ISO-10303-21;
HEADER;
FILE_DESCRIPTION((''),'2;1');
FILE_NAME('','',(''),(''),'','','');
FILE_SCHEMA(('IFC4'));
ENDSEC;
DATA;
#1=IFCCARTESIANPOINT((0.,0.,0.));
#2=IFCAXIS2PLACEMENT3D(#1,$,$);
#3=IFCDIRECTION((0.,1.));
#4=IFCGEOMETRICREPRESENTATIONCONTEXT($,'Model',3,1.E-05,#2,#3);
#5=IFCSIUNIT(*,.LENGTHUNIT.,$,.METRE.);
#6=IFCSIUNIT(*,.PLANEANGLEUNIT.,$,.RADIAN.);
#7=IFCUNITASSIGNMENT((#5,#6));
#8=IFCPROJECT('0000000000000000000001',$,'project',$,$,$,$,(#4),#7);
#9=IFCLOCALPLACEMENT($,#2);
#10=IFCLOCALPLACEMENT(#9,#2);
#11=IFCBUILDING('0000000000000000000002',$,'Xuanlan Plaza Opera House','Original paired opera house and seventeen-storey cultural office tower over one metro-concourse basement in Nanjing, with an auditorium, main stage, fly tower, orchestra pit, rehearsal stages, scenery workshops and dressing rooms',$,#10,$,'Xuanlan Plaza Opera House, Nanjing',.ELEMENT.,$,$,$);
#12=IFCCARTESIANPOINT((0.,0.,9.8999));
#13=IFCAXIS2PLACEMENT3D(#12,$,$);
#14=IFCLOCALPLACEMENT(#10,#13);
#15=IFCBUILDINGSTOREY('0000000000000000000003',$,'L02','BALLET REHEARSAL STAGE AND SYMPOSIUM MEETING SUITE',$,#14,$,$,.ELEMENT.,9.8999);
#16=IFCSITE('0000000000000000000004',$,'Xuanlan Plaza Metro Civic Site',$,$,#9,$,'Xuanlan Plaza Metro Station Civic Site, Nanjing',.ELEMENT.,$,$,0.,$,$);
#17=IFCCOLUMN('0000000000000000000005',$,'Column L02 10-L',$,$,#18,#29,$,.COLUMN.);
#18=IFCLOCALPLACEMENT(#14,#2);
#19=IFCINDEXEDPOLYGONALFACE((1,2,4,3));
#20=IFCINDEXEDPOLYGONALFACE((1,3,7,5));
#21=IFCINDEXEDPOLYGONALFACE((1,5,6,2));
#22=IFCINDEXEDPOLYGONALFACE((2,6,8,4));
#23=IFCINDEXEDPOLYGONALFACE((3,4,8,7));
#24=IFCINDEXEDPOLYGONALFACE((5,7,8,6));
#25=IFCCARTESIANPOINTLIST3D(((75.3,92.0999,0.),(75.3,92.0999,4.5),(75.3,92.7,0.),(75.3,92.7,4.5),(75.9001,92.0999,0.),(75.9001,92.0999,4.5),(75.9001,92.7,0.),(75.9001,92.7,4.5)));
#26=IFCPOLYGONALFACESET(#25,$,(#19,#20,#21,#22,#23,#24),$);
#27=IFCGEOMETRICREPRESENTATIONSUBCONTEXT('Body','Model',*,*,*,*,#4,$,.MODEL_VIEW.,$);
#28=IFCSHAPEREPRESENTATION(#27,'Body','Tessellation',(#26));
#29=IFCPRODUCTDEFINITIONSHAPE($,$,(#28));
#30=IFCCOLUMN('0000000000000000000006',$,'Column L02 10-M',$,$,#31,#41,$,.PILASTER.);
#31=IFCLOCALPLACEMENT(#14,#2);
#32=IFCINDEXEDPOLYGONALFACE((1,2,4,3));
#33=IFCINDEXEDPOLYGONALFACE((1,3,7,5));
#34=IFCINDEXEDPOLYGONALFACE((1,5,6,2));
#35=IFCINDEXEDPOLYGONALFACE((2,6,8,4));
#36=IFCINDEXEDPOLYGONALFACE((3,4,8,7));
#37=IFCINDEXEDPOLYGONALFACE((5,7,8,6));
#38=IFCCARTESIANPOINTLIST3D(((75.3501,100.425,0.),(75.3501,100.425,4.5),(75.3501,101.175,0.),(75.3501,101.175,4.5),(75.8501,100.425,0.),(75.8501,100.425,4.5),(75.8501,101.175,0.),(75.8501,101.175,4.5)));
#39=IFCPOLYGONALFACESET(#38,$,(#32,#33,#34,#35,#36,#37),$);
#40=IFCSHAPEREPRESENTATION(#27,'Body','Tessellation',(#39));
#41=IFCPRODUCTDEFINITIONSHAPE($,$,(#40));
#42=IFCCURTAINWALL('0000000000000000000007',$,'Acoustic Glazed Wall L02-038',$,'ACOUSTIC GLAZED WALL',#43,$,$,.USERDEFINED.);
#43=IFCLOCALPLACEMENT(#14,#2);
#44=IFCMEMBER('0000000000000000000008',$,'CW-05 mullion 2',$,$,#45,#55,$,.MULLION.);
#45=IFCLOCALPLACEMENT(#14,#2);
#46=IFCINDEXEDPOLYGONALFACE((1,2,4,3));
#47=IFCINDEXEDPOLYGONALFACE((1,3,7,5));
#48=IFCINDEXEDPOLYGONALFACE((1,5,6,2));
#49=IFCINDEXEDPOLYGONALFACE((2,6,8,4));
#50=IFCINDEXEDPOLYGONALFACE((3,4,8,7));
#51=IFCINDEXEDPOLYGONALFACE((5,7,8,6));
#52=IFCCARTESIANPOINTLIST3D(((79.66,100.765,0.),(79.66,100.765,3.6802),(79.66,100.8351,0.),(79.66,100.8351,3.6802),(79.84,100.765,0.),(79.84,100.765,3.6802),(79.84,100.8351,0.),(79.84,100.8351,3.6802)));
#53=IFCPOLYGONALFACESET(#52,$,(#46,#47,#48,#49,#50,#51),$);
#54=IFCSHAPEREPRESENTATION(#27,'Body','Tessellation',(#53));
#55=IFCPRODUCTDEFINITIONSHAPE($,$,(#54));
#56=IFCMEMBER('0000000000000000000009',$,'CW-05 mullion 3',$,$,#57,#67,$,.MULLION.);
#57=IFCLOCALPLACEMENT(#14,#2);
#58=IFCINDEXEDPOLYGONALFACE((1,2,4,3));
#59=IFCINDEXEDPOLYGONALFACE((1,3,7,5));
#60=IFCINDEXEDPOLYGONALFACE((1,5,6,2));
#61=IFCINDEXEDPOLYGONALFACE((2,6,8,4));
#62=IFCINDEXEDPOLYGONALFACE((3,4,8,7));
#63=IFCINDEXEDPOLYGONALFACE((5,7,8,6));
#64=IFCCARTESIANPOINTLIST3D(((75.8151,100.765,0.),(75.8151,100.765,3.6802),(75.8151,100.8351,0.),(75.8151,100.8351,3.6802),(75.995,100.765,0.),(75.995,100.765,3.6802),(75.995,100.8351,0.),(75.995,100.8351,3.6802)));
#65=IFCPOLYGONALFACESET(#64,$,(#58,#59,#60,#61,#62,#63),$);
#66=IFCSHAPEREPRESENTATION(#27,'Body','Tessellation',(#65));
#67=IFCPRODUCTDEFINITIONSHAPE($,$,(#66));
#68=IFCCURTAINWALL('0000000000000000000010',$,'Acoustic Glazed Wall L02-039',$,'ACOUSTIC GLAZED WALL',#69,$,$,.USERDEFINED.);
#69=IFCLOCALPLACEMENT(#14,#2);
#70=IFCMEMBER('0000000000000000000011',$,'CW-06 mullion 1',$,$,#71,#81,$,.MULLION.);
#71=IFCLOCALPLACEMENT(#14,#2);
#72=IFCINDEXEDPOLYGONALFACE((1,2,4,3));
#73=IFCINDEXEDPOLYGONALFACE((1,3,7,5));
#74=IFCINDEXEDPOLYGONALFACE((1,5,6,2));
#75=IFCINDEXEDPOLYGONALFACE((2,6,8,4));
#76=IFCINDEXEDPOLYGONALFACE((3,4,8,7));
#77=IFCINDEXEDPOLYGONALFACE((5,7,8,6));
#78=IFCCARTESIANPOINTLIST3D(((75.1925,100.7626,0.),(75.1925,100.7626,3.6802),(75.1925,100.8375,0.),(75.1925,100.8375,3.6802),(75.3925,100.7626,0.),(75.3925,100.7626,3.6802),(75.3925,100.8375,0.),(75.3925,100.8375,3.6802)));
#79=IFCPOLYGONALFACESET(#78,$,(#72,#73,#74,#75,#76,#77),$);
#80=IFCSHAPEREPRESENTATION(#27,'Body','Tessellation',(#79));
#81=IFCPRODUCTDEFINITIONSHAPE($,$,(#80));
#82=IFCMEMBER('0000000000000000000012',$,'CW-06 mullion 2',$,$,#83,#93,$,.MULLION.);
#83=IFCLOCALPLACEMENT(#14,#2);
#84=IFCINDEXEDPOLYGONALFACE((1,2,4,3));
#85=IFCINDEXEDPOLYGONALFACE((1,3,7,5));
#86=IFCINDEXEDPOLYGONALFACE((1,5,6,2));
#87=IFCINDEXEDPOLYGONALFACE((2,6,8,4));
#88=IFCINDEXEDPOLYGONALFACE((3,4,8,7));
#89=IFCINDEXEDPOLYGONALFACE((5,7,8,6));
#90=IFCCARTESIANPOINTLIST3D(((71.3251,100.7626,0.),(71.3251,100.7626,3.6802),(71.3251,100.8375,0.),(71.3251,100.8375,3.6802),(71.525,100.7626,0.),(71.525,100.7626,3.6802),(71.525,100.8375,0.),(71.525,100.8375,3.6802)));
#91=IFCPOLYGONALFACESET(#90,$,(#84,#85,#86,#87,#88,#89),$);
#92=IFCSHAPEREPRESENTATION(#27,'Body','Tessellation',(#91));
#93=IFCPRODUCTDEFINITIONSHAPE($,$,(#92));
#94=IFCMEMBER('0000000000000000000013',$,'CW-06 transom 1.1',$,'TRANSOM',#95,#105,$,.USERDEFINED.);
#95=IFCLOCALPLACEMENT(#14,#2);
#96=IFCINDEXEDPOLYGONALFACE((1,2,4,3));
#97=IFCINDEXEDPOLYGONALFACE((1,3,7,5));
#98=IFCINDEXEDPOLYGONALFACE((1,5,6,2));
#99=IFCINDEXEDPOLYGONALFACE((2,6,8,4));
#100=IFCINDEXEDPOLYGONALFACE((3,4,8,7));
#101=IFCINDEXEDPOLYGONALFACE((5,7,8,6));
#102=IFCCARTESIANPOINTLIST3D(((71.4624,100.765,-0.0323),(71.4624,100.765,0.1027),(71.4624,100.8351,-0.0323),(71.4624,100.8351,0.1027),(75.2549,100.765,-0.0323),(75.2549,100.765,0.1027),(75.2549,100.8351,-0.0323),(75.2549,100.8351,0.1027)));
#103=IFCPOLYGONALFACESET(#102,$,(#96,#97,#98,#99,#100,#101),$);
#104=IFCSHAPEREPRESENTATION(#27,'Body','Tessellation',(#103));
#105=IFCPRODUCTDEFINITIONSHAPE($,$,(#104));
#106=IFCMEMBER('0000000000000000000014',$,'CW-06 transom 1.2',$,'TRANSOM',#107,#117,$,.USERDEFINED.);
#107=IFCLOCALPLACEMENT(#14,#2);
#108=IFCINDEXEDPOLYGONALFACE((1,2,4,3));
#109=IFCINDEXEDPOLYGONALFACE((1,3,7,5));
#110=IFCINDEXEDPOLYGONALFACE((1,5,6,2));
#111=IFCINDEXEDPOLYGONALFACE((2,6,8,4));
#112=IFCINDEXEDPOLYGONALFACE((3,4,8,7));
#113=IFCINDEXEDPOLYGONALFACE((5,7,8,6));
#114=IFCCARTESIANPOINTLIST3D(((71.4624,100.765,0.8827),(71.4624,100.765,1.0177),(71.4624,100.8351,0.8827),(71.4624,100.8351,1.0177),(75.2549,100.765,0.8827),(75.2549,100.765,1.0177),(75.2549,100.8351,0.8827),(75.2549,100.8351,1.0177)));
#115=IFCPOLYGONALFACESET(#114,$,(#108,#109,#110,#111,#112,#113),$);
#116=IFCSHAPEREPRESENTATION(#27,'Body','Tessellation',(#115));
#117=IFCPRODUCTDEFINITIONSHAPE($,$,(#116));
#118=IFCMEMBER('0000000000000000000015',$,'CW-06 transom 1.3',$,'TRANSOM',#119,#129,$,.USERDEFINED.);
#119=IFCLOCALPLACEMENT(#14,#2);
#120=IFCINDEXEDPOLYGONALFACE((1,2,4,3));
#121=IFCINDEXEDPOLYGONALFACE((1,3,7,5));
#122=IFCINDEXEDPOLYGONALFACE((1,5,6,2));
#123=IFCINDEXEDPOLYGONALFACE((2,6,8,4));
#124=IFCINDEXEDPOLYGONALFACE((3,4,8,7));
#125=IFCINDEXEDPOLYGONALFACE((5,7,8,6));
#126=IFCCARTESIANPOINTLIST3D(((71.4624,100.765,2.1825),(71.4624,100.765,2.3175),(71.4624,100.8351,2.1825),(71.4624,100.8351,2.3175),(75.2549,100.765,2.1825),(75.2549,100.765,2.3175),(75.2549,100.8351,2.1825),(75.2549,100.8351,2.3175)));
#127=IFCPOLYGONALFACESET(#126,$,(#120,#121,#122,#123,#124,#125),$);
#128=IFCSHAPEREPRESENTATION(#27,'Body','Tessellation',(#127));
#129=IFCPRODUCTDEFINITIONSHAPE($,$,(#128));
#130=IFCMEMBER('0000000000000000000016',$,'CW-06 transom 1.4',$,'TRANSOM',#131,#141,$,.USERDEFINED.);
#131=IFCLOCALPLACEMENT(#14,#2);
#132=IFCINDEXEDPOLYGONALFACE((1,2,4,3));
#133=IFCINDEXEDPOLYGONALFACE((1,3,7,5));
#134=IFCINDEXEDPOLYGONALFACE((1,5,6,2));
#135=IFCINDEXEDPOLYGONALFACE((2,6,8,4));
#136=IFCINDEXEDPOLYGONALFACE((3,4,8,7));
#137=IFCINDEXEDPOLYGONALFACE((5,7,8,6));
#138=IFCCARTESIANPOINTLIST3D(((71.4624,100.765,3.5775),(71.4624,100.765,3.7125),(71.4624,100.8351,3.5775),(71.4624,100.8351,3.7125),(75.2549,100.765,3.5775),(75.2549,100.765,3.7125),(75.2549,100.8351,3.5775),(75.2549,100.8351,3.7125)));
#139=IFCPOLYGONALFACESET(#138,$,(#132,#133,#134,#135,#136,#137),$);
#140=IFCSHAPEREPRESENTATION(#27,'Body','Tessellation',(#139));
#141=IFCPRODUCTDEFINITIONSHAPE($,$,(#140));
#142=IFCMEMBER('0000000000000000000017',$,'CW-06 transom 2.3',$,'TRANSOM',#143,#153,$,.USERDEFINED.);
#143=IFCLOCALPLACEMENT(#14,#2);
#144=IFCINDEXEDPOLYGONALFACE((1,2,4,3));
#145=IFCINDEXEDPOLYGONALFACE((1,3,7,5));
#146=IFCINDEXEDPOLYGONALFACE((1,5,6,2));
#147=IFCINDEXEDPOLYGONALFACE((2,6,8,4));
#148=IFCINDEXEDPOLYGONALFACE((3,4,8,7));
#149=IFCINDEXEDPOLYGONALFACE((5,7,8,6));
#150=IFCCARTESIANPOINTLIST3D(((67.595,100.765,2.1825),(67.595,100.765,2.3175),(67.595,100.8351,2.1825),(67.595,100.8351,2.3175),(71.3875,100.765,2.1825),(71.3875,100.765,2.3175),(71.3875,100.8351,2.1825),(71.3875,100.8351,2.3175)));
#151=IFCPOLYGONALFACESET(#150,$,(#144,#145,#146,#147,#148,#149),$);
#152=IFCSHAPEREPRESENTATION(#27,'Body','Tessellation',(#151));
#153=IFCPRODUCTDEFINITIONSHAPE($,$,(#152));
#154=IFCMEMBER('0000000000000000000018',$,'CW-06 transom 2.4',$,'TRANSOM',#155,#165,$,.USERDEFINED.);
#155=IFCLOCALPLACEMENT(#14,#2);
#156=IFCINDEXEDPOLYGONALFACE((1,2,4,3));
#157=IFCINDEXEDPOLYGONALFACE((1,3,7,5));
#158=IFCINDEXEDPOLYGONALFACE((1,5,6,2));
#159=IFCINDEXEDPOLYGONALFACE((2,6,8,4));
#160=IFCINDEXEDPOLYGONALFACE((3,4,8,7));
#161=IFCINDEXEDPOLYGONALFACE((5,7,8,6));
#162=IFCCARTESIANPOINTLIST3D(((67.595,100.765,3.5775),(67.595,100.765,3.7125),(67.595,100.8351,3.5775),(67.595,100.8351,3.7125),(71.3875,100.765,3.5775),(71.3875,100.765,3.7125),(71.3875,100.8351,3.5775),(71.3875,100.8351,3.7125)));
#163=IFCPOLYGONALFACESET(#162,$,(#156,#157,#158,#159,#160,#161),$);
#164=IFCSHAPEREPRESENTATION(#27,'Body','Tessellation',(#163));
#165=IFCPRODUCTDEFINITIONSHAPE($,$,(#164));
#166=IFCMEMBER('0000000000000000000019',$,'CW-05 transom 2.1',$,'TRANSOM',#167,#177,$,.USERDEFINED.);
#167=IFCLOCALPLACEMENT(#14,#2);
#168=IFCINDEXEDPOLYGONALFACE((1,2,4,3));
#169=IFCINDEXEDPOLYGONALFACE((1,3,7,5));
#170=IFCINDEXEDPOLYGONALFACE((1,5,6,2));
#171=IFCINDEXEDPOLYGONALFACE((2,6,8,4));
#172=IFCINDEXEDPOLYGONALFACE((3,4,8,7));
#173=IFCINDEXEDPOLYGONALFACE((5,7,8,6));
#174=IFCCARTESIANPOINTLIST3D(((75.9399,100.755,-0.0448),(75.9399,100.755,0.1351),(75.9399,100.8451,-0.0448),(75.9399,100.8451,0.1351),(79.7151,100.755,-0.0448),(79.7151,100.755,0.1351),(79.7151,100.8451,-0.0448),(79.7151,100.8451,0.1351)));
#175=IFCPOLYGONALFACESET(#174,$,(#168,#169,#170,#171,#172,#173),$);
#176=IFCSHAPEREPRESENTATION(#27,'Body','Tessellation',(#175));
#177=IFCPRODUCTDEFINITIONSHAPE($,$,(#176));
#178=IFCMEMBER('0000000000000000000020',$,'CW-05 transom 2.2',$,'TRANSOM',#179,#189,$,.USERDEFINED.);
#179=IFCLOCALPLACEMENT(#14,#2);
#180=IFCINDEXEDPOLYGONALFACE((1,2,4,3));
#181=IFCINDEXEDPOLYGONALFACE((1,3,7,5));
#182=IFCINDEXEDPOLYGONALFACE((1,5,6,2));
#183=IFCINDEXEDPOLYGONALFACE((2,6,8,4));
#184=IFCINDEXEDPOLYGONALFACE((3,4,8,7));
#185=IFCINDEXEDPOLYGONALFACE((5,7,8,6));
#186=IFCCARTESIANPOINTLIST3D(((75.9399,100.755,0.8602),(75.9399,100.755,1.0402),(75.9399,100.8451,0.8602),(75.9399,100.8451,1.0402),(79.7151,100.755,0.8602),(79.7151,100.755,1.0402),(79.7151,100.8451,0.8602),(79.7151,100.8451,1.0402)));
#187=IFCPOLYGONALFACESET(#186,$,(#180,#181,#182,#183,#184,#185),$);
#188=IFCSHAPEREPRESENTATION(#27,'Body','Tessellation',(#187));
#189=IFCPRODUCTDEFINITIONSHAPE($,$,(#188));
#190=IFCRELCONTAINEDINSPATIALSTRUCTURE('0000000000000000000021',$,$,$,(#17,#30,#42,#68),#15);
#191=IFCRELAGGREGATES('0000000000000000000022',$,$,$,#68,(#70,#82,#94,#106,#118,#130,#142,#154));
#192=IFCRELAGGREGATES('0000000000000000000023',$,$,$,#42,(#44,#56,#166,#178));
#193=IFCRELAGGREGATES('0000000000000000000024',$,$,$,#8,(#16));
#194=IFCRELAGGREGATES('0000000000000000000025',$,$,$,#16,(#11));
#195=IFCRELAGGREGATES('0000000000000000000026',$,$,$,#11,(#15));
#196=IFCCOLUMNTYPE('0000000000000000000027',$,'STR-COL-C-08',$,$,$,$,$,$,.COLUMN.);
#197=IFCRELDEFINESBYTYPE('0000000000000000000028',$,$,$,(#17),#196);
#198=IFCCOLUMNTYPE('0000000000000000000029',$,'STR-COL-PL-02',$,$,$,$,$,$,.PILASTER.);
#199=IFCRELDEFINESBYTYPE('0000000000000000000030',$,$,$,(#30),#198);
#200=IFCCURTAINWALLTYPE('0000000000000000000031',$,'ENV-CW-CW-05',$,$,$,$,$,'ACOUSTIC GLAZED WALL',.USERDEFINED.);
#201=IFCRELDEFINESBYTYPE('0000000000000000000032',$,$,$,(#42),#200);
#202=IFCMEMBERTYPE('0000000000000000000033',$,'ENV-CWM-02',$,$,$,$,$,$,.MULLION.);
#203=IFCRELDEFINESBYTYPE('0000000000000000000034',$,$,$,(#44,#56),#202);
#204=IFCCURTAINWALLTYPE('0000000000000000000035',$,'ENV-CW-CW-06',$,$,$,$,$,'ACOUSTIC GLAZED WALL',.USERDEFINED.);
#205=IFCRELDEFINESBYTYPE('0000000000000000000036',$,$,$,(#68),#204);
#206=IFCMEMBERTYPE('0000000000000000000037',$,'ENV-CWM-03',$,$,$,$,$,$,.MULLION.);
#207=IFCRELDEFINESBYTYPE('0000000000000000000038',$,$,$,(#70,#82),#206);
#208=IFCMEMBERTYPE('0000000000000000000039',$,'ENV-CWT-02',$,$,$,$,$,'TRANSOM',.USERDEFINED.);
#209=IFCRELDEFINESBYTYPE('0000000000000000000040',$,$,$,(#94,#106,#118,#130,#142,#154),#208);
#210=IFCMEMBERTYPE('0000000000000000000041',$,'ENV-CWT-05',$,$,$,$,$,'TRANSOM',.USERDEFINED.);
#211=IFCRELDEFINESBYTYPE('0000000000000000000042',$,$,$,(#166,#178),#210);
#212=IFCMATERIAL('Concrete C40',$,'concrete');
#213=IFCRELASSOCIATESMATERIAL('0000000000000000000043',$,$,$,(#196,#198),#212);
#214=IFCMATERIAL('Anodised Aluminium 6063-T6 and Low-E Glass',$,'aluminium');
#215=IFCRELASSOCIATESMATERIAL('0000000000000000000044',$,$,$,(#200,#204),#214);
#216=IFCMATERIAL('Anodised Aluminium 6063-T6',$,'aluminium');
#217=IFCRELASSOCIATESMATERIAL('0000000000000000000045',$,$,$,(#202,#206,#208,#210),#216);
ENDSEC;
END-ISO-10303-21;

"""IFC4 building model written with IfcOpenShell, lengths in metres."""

from ifc_helpers import new_model, si_unit, direction, frame, origin, origin_2d, place, context, subcontext, project, spatial, rectangle, extrude, material, material_profile, profile_set, type_object, element, aggregate, save


model = new_model("IFC4")

# Units and contexts
model_context = context("Model", 3, precision=1e-05, world=origin(), true_north=direction((0.0, 1.0)))
body_context = subcontext(model_context, "Body", "Model", "MODEL_VIEW")
ifc_project = project(units=[si_unit("LENGTHUNIT", "METRE"), si_unit("PLANEANGLEUNIT", "RADIAN")], contexts=[model_context])

# Site, building, storey
site_placement = place(None, origin())
site = spatial("IfcSite", under=ifc_project, at=site_placement, Name="Xuanlan Plaza Metro Civic Site", LongName="Xuanlan Plaza Metro Station Civic Site, Nanjing", CompositionType="ELEMENT", RefElevation=0.0)
building_placement = place(site_placement, origin())
building = spatial("IfcBuilding", under=site, at=building_placement, Name="Xuanlan Plaza Opera House", Description="Original paired opera house and seventeen-storey cultural office tower over one metro-concourse basement in Nanjing, with an auditorium, main stage, fly tower, orchestra pit, rehearsal stages, scenery workshops and dressing rooms", LongName="Xuanlan Plaza Opera House, Nanjing", CompositionType="ELEMENT")
storey_placement = place(building_placement, frame((0.0, 0.0, 9.8999)))
storey = spatial("IfcBuildingStorey", under=building, at=storey_placement, Name="L02", Description="BALLET REHEARSAL STAGE AND SYMPOSIUM MEETING SUITE", CompositionType="ELEMENT", Elevation=9.8999)

# Columns
ifc_material_1 = material(Name="Concrete C40", Category="concrete")
ifc_material_profile_1 = material_profile(ifc_material_1, rectangle(XDim=0.6001, YDim=0.6001, at=origin_2d()), Name="RC-COL 600x600")
ifc_profile_set_1 = profile_set([ifc_material_profile_1], Name="Concrete C40")
column_type_1 = type_object("IfcColumnType", Name="STR-COL-C-08", PredefinedType="COLUMN", material=ifc_profile_set_1)
column_1_placement = place(storey_placement, frame((75.6001, 92.3999, 0.0), z_axis=(0.0, 0.0, 1.0), x_axis=(1.0, 0.0, 0.0)))
element("IfcColumn", 1, at=column_1_placement, inside=storey, type_object=column_type_1, Name="Column L02 10-L", PredefinedType="COLUMN", context=body_context, shape_type="SweptSolid", body=[
    extrude(rectangle(XDim=0.6001, YDim=0.6001, at=origin_2d()), origin(), (0.0, 0.0, 1.0), 4.5),
])
ifc_material_profile_2 = material_profile(ifc_material_1, rectangle(XDim=0.5, YDim=0.75, at=origin_2d()), Name="RC-PIL 500x750")
ifc_profile_set_2 = profile_set([ifc_material_profile_2], Name="Concrete C40")
column_type_2 = type_object("IfcColumnType", Name="STR-COL-PL-02", PredefinedType="PILASTER", material=ifc_profile_set_2)
column_2_placement = place(storey_placement, frame((75.6001, 100.8, 0.0), z_axis=(0.0, 0.0, 1.0), x_axis=(1.0, 0.0, 0.0)))
element("IfcColumn", 2, at=column_2_placement, inside=storey, type_object=column_type_2, Name="Column L02 10-M", PredefinedType="PILASTER", context=body_context, shape_type="SweptSolid", body=[
    extrude(rectangle(XDim=0.5, YDim=0.75, at=origin_2d()), origin(), (0.0, 0.0, 1.0), 4.5),
])

# Curtain walls, members
ifc_material_2 = material(Name="Anodised Aluminium 6063-T6 and Low-E Glass", Category="aluminium")
curtain_wall_type_1 = type_object("IfcCurtainWallType", Name="ENV-CW-CW-05", ElementType="ACOUSTIC GLAZED WALL", PredefinedType="USERDEFINED", material=ifc_material_2)
curtain_wall_1_placement = place(storey_placement, origin())
curtain_wall_1 = element("IfcCurtainWall", 3, at=curtain_wall_1_placement, inside=storey, type_object=curtain_wall_type_1, Name="Acoustic Glazed Wall L02-038", ObjectType="ACOUSTIC GLAZED WALL", PredefinedType="USERDEFINED")
ifc_material_3 = material(Name="Anodised Aluminium 6063-T6", Category="aluminium")
ifc_material_profile_3 = material_profile(ifc_material_3, rectangle(XDim=0.0701, YDim=0.1799, at=origin_2d()), Name="ALU-M 70x180")
ifc_profile_set_3 = profile_set([ifc_material_profile_3], Name="Anodised Aluminium 6063-T6")
member_type_1 = type_object("IfcMemberType", Name="ENV-CWM-02", PredefinedType="MULLION", material=ifc_profile_set_3)
member_1_placement = place(storey_placement, frame((79.75, 100.8, 0.0), z_axis=(0.0, 0.0, 1.0), x_axis=(0.0, -1.0, 0.0)))
member_1 = element("IfcMember", 4, at=member_1_placement, type_object=member_type_1, Name="CW-05 mullion 2", PredefinedType="MULLION", context=body_context, shape_type="SweptSolid", body=[
    extrude(rectangle(XDim=0.0701, YDim=0.1799, at=origin_2d()), origin(), (0.0, 0.0, 1.0), 3.6802),
])
member_2_placement = place(storey_placement, frame((75.905, 100.8, 0.0), z_axis=(0.0, 0.0, 1.0), x_axis=(0.0, -1.0, 0.0)))
member_2 = element("IfcMember", 5, at=member_2_placement, type_object=member_type_1, Name="CW-05 mullion 3", PredefinedType="MULLION", context=body_context, shape_type="SweptSolid", body=[
    extrude(rectangle(XDim=0.0701, YDim=0.1799, at=origin_2d()), origin(), (0.0, 0.0, 1.0), 3.6802),
])
curtain_wall_type_2 = type_object("IfcCurtainWallType", Name="ENV-CW-CW-06", ElementType="ACOUSTIC GLAZED WALL", PredefinedType="USERDEFINED", material=ifc_material_2)
curtain_wall_2_placement = place(storey_placement, origin())
curtain_wall_2 = element("IfcCurtainWall", 6, at=curtain_wall_2_placement, inside=storey, type_object=curtain_wall_type_2, Name="Acoustic Glazed Wall L02-039", ObjectType="ACOUSTIC GLAZED WALL", PredefinedType="USERDEFINED")
ifc_material_profile_4 = material_profile(ifc_material_3, rectangle(XDim=0.075, YDim=0.2, at=origin_2d()), Name="ALU-M 75x200")
ifc_profile_set_4 = profile_set([ifc_material_profile_4], Name="Anodised Aluminium 6063-T6")
member_type_2 = type_object("IfcMemberType", Name="ENV-CWM-03", PredefinedType="MULLION", material=ifc_profile_set_4)
member_3_placement = place(storey_placement, frame((75.2925, 100.8, 0.0), z_axis=(0.0, 0.0, 1.0), x_axis=(0.0, -1.0, 0.0)))
member_3 = element("IfcMember", 7, at=member_3_placement, type_object=member_type_2, Name="CW-06 mullion 1", PredefinedType="MULLION", context=body_context, shape_type="SweptSolid", body=[
    extrude(rectangle(XDim=0.075, YDim=0.2, at=origin_2d()), origin(), (0.0, 0.0, 1.0), 3.6802),
])
member_4_placement = place(storey_placement, frame((71.425, 100.8, 0.0), z_axis=(0.0, 0.0, 1.0), x_axis=(0.0, -1.0, 0.0)))
member_4 = element("IfcMember", 8, at=member_4_placement, type_object=member_type_2, Name="CW-06 mullion 2", PredefinedType="MULLION", context=body_context, shape_type="SweptSolid", body=[
    extrude(rectangle(XDim=0.075, YDim=0.2, at=origin_2d()), origin(), (0.0, 0.0, 1.0), 3.6802),
])
ifc_material_profile_5 = material_profile(ifc_material_3, rectangle(XDim=0.0701, YDim=0.135, at=origin_2d()), Name="ALU-T 70x135")
ifc_profile_set_5 = profile_set([ifc_material_profile_5], Name="Anodised Aluminium 6063-T6")
member_type_3 = type_object("IfcMemberType", Name="ENV-CWT-02", ElementType="TRANSOM", PredefinedType="USERDEFINED", material=ifc_profile_set_5)
member_5_placement = place(storey_placement, frame((75.2549, 100.8, 0.0352), z_axis=(-1.0, 0.0, 0.0), x_axis=(0.0, -1.0, 0.0)))
member_5 = element("IfcMember", 9, at=member_5_placement, type_object=member_type_3, Name="CW-06 transom 1.1", ObjectType="TRANSOM", PredefinedType="USERDEFINED", context=body_context, shape_type="SweptSolid", body=[
    extrude(rectangle(XDim=0.0701, YDim=0.135, at=origin_2d()), origin(), (0.0, 0.0, 1.0), 3.7925),
])
member_6_placement = place(storey_placement, frame((75.2549, 100.8, 0.9502), z_axis=(-1.0, 0.0, 0.0), x_axis=(0.0, -1.0, 0.0)))
member_6 = element("IfcMember", 10, at=member_6_placement, type_object=member_type_3, Name="CW-06 transom 1.2", ObjectType="TRANSOM", PredefinedType="USERDEFINED", context=body_context, shape_type="SweptSolid", body=[
    extrude(rectangle(XDim=0.0701, YDim=0.135, at=origin_2d()), origin(), (0.0, 0.0, 1.0), 3.7925),
])
member_7_placement = place(storey_placement, frame((75.2549, 100.8, 2.25), z_axis=(-1.0, 0.0, 0.0), x_axis=(0.0, -1.0, 0.0)))
member_7 = element("IfcMember", 11, at=member_7_placement, type_object=member_type_3, Name="CW-06 transom 1.3", ObjectType="TRANSOM", PredefinedType="USERDEFINED", context=body_context, shape_type="SweptSolid", body=[
    extrude(rectangle(XDim=0.0701, YDim=0.135, at=origin_2d()), origin(), (0.0, 0.0, 1.0), 3.7925),
])
member_8_placement = place(storey_placement, frame((75.2549, 100.8, 3.645), z_axis=(-1.0, 0.0, 0.0), x_axis=(0.0, -1.0, 0.0)))
member_8 = element("IfcMember", 12, at=member_8_placement, type_object=member_type_3, Name="CW-06 transom 1.4", ObjectType="TRANSOM", PredefinedType="USERDEFINED", context=body_context, shape_type="SweptSolid", body=[
    extrude(rectangle(XDim=0.0701, YDim=0.135, at=origin_2d()), origin(), (0.0, 0.0, 1.0), 3.7925),
])
member_9_placement = place(storey_placement, frame((71.3875, 100.8, 2.25), z_axis=(-1.0, 0.0, 0.0), x_axis=(0.0, -1.0, 0.0)))
member_9 = element("IfcMember", 13, at=member_9_placement, type_object=member_type_3, Name="CW-06 transom 2.3", ObjectType="TRANSOM", PredefinedType="USERDEFINED", context=body_context, shape_type="SweptSolid", body=[
    extrude(rectangle(XDim=0.0701, YDim=0.135, at=origin_2d()), origin(), (0.0, 0.0, 1.0), 3.7925),
])
member_10_placement = place(storey_placement, frame((71.3875, 100.8, 3.645), z_axis=(-1.0, 0.0, 0.0), x_axis=(0.0, -1.0, 0.0)))
member_10 = element("IfcMember", 14, at=member_10_placement, type_object=member_type_3, Name="CW-06 transom 2.4", ObjectType="TRANSOM", PredefinedType="USERDEFINED", context=body_context, shape_type="SweptSolid", body=[
    extrude(rectangle(XDim=0.0701, YDim=0.135, at=origin_2d()), origin(), (0.0, 0.0, 1.0), 3.7925),
])

# Members
ifc_material_profile_6 = material_profile(ifc_material_3, rectangle(XDim=0.0901, YDim=0.1799, at=origin_2d()), Name="ALU-T 90x180")
ifc_profile_set_6 = profile_set([ifc_material_profile_6], Name="Anodised Aluminium 6063-T6")
member_type_4 = type_object("IfcMemberType", Name="ENV-CWT-05", ElementType="TRANSOM", PredefinedType="USERDEFINED", material=ifc_profile_set_6)
member_11_placement = place(storey_placement, frame((79.7151, 100.8, 0.0452), z_axis=(-1.0, 0.0, 0.0), x_axis=(0.0, -1.0, 0.0)))
member_11 = element("IfcMember", 15, at=member_11_placement, type_object=member_type_4, Name="CW-05 transom 2.1", ObjectType="TRANSOM", PredefinedType="USERDEFINED", context=body_context, shape_type="SweptSolid", body=[
    extrude(rectangle(XDim=0.0901, YDim=0.1799, at=origin_2d()), origin(), (0.0, 0.0, 1.0), 3.7751),
])
member_12_placement = place(storey_placement, frame((79.7151, 100.8, 0.9502), z_axis=(-1.0, 0.0, 0.0), x_axis=(0.0, -1.0, 0.0)))
member_12 = element("IfcMember", 16, at=member_12_placement, type_object=member_type_4, Name="CW-05 transom 2.2", ObjectType="TRANSOM", PredefinedType="USERDEFINED", context=body_context, shape_type="SweptSolid", body=[
    extrude(rectangle(XDim=0.0901, YDim=0.1799, at=origin_2d()), origin(), (0.0, 0.0, 1.0), 3.7751),
])

aggregate(curtain_wall_2, [member_3, member_4, member_5, member_6, member_7, member_8, member_9, member_10])
aggregate(curtain_wall_1, [member_1, member_2, member_11, member_12])

save(model, "model.ifc")
